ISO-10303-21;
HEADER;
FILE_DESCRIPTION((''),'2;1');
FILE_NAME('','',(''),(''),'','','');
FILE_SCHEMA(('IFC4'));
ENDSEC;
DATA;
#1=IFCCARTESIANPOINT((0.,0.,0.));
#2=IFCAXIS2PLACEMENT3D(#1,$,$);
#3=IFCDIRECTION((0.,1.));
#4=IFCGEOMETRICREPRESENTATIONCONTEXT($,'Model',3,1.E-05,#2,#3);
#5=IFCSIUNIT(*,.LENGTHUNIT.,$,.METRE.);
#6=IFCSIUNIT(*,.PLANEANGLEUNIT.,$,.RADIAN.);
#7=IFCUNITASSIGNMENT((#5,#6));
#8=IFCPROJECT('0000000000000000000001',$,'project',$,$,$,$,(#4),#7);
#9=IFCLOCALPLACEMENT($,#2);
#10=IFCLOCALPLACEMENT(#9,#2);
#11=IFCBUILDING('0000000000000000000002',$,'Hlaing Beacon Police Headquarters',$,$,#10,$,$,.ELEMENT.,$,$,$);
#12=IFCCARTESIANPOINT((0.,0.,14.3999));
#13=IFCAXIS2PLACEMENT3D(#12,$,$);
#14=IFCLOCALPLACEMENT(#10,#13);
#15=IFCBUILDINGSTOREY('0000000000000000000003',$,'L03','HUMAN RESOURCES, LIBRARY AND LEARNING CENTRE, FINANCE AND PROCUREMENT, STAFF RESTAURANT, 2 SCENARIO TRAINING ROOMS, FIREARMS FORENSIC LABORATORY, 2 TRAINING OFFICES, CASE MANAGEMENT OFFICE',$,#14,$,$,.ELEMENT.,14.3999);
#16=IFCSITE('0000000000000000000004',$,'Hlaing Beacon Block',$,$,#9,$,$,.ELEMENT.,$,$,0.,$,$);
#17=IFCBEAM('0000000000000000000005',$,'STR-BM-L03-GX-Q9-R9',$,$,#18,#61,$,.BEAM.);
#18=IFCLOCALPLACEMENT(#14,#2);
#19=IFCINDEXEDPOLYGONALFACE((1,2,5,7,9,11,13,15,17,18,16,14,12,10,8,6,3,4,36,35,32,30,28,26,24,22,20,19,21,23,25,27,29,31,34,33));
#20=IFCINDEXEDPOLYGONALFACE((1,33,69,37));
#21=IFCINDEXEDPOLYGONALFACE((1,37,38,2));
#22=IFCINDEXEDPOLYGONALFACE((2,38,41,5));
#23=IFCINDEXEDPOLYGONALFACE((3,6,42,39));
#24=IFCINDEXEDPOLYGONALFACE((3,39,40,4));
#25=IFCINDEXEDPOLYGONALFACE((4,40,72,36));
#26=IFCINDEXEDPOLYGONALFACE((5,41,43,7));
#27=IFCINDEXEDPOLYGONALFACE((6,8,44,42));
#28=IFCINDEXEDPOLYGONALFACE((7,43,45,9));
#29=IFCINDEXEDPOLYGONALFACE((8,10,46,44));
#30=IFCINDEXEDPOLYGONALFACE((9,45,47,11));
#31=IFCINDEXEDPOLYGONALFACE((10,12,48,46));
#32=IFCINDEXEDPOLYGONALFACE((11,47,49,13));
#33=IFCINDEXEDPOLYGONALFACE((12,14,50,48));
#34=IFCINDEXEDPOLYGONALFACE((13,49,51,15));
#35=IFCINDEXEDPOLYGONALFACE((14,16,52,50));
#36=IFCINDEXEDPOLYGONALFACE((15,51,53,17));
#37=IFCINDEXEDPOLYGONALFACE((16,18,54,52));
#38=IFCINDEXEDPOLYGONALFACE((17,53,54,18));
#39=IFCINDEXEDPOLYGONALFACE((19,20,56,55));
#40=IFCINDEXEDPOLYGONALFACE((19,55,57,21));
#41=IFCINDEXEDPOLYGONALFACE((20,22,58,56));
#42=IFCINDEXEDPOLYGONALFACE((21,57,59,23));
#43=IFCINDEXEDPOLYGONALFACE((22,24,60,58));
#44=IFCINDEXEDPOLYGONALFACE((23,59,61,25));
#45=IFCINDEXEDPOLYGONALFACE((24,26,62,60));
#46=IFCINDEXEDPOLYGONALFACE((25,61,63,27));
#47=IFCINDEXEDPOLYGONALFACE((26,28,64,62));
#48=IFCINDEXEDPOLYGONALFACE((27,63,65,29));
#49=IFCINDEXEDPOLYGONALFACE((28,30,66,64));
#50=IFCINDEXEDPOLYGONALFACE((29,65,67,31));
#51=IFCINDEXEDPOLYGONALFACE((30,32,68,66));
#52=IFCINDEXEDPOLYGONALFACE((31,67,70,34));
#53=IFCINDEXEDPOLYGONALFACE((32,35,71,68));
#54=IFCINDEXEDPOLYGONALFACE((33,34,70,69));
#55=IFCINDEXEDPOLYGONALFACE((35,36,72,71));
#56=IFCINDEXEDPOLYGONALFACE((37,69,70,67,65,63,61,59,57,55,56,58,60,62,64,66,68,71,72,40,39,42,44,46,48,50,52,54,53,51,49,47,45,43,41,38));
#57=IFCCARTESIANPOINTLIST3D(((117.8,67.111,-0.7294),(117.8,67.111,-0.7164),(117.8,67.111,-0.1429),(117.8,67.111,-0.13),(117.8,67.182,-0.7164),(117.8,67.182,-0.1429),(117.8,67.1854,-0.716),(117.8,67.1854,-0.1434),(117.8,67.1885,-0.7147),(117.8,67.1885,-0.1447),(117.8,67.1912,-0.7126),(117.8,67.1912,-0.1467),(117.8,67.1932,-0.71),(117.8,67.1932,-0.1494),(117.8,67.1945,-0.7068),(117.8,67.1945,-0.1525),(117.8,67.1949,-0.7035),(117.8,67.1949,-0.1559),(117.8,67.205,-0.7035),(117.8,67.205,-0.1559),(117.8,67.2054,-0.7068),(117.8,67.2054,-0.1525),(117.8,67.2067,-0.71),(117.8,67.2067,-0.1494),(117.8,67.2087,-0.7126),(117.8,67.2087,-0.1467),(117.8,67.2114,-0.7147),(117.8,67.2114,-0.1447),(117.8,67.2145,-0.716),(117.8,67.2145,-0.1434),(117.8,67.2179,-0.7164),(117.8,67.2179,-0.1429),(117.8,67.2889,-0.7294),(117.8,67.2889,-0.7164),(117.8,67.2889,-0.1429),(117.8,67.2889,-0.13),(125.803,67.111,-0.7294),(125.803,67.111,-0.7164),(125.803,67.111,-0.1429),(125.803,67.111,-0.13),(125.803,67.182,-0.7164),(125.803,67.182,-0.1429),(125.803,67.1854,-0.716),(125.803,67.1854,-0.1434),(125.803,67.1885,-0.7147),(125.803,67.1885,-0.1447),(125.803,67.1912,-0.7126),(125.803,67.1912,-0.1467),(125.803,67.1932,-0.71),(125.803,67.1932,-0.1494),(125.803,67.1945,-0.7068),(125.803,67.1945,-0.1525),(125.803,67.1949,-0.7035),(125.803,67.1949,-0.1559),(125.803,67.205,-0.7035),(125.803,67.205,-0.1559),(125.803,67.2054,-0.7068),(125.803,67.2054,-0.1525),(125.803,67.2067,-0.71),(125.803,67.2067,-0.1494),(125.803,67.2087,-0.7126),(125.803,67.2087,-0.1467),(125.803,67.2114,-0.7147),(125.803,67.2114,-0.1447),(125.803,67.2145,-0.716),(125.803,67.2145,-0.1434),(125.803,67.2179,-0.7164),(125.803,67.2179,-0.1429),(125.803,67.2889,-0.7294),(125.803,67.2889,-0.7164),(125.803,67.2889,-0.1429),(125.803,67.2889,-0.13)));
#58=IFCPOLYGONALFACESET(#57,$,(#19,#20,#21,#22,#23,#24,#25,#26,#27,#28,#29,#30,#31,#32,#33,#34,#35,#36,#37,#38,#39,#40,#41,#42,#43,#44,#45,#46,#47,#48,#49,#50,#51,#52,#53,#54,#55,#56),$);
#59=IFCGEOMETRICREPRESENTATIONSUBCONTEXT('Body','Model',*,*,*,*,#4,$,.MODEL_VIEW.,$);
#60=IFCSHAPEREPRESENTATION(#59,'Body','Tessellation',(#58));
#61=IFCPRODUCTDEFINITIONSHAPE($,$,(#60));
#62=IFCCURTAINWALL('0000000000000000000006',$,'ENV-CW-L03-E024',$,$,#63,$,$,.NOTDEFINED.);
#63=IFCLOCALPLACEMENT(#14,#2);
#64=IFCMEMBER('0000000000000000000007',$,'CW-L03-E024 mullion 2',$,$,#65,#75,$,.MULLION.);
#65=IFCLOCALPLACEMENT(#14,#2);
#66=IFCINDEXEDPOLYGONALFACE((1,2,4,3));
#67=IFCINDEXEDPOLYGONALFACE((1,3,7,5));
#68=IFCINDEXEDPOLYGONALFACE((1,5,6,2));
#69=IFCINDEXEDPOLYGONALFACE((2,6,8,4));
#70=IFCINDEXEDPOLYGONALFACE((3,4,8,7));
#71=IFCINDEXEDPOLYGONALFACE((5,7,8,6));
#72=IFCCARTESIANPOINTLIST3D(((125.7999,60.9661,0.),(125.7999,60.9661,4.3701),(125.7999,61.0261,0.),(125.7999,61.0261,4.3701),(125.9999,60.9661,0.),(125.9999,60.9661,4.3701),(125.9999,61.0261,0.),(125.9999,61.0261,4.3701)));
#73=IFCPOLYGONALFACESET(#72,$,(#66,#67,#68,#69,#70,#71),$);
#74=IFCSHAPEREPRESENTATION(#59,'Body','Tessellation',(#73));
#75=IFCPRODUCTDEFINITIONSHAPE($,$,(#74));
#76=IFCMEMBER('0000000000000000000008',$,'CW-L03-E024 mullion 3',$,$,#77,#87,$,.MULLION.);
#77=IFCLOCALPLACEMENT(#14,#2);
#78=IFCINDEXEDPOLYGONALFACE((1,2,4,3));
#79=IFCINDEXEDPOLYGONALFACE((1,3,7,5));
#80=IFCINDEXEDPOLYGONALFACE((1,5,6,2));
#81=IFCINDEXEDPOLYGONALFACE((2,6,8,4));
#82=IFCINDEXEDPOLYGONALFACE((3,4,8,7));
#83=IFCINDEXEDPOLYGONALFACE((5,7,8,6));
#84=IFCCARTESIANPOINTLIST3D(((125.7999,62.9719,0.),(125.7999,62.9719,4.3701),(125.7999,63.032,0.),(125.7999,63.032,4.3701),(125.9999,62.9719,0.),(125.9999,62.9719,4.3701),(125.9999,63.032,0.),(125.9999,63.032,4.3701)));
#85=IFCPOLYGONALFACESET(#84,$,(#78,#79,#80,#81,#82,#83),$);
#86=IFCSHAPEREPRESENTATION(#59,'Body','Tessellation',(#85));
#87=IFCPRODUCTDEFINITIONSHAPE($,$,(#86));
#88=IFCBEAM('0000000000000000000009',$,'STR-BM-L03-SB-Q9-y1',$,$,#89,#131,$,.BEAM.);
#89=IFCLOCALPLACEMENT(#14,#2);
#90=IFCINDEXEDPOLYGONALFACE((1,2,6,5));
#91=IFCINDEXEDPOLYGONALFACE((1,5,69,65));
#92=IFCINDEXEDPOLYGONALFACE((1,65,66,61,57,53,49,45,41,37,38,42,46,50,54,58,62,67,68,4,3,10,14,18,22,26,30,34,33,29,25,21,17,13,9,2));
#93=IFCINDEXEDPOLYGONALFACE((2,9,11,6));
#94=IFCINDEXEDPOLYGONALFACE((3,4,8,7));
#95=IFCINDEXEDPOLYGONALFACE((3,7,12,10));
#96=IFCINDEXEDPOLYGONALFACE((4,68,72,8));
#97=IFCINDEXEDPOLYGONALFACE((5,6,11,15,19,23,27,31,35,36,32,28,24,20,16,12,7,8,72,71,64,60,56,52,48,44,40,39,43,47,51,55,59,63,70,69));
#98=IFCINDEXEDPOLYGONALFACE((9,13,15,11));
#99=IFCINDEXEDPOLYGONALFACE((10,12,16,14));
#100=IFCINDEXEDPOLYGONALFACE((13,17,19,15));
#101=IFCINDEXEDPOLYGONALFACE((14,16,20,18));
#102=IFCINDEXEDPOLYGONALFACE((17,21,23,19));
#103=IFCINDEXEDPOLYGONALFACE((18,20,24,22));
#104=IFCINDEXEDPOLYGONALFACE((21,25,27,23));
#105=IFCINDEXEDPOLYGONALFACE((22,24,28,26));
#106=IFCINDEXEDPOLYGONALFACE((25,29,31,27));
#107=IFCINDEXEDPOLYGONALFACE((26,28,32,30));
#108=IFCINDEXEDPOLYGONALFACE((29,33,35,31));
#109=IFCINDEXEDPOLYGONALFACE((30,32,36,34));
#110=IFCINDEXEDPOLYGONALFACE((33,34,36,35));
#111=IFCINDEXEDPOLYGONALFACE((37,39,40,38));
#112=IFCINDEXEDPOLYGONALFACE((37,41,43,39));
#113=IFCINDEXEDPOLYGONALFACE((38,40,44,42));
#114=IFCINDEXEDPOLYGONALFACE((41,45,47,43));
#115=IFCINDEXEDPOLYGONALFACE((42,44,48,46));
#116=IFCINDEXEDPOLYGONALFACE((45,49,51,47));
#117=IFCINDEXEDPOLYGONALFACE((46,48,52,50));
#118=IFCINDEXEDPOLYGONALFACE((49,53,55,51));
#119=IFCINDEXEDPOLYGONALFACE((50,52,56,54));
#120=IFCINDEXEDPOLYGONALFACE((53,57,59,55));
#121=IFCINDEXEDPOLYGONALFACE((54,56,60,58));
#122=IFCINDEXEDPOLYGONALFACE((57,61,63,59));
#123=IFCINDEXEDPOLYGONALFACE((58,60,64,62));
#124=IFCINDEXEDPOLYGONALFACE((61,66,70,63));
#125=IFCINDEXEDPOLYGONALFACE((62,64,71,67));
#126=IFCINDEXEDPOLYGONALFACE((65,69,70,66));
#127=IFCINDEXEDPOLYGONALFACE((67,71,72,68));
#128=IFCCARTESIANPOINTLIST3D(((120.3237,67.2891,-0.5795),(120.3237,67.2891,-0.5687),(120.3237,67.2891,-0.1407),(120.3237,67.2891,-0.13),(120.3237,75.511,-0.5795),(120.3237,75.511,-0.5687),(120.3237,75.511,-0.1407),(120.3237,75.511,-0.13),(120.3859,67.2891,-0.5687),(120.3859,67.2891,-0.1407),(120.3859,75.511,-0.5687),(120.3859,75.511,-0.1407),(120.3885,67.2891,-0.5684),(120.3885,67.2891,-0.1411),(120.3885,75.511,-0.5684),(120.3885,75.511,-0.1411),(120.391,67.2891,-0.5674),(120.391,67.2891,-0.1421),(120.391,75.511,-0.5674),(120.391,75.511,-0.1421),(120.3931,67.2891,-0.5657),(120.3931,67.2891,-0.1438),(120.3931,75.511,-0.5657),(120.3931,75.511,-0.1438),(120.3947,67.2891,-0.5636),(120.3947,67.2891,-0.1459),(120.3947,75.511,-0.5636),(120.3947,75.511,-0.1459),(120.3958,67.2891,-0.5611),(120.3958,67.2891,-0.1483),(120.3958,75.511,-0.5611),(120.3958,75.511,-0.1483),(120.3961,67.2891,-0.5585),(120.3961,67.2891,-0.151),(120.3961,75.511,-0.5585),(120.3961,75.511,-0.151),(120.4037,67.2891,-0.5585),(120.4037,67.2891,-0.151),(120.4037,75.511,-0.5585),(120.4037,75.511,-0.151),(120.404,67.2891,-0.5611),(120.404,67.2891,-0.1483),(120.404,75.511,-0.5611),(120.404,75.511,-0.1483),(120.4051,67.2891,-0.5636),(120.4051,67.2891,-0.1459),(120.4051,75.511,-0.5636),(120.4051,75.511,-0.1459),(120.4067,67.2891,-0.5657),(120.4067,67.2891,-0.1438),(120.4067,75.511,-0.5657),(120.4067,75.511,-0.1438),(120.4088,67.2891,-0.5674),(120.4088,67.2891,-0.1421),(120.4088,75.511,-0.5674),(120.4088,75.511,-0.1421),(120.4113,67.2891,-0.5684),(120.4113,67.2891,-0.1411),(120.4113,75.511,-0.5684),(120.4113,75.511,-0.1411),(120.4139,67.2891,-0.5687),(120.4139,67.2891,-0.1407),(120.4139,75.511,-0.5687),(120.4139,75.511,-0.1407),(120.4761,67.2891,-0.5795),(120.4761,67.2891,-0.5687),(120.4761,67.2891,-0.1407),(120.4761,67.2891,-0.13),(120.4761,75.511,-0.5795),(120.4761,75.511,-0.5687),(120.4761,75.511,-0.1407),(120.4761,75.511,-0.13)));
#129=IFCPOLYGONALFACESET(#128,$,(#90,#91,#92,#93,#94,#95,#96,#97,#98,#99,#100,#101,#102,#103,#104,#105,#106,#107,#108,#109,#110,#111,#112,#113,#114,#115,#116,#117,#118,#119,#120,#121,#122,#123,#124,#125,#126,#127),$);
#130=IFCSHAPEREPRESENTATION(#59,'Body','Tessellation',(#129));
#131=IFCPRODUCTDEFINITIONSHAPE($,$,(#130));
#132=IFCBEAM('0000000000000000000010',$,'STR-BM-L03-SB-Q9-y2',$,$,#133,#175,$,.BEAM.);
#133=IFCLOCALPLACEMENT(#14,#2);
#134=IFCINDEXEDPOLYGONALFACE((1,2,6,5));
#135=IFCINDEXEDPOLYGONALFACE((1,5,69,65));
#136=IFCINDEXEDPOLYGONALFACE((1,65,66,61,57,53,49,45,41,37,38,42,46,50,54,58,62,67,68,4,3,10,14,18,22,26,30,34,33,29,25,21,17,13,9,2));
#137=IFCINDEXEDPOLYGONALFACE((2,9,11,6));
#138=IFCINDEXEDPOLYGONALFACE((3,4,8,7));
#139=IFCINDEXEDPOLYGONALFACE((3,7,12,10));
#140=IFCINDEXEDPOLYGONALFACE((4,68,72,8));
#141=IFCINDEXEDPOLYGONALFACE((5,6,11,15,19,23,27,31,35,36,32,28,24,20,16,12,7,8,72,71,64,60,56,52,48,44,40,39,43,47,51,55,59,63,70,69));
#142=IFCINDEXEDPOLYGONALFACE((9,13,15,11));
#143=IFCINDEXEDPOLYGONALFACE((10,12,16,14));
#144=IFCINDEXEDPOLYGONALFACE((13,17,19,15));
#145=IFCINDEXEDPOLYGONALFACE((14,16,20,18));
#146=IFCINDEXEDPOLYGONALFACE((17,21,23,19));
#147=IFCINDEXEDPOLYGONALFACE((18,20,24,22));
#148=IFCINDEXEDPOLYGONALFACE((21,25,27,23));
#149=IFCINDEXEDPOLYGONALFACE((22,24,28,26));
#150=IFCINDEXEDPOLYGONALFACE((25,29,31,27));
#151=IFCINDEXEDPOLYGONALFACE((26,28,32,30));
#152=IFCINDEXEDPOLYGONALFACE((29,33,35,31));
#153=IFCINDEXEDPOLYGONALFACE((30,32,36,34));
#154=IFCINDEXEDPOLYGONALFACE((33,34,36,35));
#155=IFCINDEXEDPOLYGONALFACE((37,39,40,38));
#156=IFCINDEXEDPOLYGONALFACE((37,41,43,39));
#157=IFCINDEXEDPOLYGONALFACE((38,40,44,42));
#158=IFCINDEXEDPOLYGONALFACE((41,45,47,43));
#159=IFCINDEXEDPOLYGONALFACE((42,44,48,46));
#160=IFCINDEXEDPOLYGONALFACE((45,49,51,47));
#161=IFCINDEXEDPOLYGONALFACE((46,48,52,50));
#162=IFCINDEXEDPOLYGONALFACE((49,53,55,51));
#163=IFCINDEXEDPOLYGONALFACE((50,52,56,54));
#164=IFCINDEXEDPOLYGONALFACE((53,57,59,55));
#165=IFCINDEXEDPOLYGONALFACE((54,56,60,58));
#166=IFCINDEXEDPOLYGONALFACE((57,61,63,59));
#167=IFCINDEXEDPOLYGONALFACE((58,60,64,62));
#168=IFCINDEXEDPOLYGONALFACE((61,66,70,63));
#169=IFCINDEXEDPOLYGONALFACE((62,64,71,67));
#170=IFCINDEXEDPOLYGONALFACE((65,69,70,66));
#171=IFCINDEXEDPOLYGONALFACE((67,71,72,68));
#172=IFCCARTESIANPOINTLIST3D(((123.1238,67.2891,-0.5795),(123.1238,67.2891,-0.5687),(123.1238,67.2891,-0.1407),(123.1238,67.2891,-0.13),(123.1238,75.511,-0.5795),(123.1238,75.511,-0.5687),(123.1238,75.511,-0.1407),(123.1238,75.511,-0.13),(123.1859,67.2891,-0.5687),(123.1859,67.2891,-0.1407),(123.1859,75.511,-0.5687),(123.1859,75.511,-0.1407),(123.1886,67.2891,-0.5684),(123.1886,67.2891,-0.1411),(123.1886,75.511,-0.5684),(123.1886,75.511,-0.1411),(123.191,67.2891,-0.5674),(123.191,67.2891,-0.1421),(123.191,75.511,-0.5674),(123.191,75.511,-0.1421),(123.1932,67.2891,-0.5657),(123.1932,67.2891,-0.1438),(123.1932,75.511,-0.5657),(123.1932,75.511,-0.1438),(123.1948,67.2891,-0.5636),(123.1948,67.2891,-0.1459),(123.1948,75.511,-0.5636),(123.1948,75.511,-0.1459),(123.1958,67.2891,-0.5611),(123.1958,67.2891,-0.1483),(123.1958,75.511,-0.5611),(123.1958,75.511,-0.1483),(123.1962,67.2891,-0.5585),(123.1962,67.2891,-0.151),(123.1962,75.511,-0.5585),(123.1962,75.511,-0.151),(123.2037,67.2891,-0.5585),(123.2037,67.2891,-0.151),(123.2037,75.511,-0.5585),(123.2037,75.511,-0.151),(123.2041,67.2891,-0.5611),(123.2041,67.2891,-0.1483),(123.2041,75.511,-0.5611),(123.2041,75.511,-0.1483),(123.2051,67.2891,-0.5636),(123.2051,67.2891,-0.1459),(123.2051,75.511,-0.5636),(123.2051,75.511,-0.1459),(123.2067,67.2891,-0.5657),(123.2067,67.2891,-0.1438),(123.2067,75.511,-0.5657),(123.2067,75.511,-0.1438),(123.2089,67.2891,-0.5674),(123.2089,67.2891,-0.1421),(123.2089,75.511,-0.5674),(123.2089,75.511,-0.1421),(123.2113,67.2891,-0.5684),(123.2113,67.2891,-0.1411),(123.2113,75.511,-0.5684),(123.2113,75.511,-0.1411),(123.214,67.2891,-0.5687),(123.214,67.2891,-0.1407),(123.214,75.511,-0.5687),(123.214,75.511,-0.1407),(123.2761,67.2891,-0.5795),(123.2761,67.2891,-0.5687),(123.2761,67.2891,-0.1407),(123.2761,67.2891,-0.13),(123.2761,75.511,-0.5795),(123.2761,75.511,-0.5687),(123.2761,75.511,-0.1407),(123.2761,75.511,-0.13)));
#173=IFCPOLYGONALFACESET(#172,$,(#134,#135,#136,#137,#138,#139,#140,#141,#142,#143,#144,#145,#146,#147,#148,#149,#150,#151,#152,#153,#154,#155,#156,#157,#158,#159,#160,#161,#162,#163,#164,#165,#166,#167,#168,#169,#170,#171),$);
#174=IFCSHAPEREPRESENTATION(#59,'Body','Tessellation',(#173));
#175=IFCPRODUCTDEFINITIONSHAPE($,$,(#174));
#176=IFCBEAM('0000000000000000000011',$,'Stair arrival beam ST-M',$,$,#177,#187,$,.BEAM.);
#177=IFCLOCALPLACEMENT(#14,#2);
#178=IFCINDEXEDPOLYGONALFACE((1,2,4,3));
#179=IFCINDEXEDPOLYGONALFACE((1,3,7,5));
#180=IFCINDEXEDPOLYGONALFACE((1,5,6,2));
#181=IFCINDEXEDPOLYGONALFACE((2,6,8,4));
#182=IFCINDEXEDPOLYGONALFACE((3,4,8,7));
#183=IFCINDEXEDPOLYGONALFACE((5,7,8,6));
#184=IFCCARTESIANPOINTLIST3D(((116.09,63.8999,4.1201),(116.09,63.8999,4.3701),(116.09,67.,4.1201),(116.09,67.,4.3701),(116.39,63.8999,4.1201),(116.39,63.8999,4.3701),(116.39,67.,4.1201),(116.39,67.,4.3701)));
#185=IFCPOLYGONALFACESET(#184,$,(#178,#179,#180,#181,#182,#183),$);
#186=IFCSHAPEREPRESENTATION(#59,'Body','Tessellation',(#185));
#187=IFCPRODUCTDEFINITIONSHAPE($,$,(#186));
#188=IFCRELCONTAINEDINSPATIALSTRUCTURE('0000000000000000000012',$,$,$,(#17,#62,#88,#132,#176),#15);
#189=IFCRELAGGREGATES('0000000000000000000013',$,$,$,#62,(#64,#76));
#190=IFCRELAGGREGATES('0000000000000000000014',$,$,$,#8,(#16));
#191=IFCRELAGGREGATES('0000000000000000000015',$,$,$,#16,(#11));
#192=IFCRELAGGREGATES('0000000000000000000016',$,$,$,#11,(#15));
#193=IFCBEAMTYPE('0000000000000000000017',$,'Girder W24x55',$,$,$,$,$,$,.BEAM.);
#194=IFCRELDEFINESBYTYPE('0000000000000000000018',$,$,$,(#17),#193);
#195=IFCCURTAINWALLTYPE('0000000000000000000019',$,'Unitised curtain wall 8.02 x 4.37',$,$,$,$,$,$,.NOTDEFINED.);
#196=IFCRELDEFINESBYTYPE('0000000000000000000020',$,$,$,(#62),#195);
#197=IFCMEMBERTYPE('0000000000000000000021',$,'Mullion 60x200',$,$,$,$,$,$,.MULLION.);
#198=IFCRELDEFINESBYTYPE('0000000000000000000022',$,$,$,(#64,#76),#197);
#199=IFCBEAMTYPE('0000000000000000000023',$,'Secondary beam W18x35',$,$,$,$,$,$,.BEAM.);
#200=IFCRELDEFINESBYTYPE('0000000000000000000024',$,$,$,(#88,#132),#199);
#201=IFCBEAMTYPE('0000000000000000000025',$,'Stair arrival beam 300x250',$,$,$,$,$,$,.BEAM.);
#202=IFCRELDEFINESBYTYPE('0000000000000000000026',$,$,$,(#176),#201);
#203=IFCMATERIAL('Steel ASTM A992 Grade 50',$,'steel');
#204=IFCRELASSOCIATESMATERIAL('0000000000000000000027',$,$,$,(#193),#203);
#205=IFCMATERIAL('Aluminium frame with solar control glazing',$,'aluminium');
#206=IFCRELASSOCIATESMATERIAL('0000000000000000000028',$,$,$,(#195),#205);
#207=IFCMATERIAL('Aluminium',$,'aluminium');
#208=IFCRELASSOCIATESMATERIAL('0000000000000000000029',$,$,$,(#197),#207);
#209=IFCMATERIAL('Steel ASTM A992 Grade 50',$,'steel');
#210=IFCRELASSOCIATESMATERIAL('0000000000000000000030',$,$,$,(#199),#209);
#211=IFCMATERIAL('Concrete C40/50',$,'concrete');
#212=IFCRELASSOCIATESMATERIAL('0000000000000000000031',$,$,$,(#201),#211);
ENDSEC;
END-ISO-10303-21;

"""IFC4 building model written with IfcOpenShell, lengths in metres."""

from ifc_helpers import new_model, si_unit, direction, frame, origin, origin_2d, place, context, subcontext, project, spatial, rectangle, i_section, extrude, material, material_profile, profile_set, type_object, element, aggregate, save


model = new_model("IFC4")

# Units and contexts
model_context = context("Model", 3, precision=1e-05, world=origin(), true_north=direction((0.0, 1.0)))
body_context = subcontext(model_context, "Body", "Model", "MODEL_VIEW")
ifc_project = project(units=[si_unit("LENGTHUNIT", "METRE"), si_unit("PLANEANGLEUNIT", "RADIAN")], contexts=[model_context])

# Site, building, storey
site_placement = place(None, origin())
site = spatial("IfcSite", under=ifc_project, at=site_placement, Name="Hlaing Beacon Block", CompositionType="ELEMENT", RefElevation=0.0)
building_placement = place(site_placement, origin())
building = spatial("IfcBuilding", under=site, at=building_placement, Name="Hlaing Beacon Police Headquarters", CompositionType="ELEMENT")
storey_placement = place(building_placement, frame((0.0, 0.0, 14.3999)))
storey = spatial("IfcBuildingStorey", under=building, at=storey_placement, Name="L03", Description="HUMAN RESOURCES, LIBRARY AND LEARNING CENTRE, FINANCE AND PROCUREMENT, STAFF RESTAURANT, 2 SCENARIO TRAINING ROOMS, FIREARMS FORENSIC LABORATORY, 2 TRAINING OFFICES, CASE MANAGEMENT OFFICE", CompositionType="ELEMENT", Elevation=14.3999)

# Beam
ifc_material_1 = material(Name="Steel ASTM A992 Grade 50", Category="steel")
ifc_material_profile_1 = material_profile(ifc_material_1, i_section(OverallWidth=0.178, OverallDepth=0.5994, WebThickness=0.01, FlangeThickness=0.0129, FilletRadius=0.0129, at=origin_2d()), Name="W24x55")
ifc_profile_set_1 = profile_set([ifc_material_profile_1], Name="Steel ASTM A992 Grade 50")
beam_type_1 = type_object("IfcBeamType", Name="Girder W24x55", PredefinedType="BEAM", material=ifc_profile_set_1)
beam_1_placement = place(storey_placement, frame((117.8, 67.2, -0.4297), z_axis=(1.0, 0.0, 0.0), x_axis=(0.0, 1.0, 0.0)))
element("IfcBeam", 1, at=beam_1_placement, inside=storey, type_object=beam_type_1, Name="STR-BM-L03-GX-Q9-R9", PredefinedType="BEAM", context=body_context, shape_type="SweptSolid", body=[
    extrude(i_section(OverallWidth=0.178, OverallDepth=0.5994, WebThickness=0.01, FlangeThickness=0.0129, FilletRadius=0.0129, at=origin_2d()), origin(), (0.0, 0.0, 1.0), 8.0029),
])

# Curtain wall, members
ifc_material_2 = material(Name="Aluminium frame with solar control glazing", Category="aluminium")
curtain_wall_type = type_object("IfcCurtainWallType", Name="Unitised curtain wall 8.02 x 4.37", PredefinedType="NOTDEFINED", material=ifc_material_2)
curtain_wall_placement = place(storey_placement, origin())
curtain_wall = element("IfcCurtainWall", 2, at=curtain_wall_placement, inside=storey, type_object=curtain_wall_type, Name="ENV-CW-L03-E024", PredefinedType="NOTDEFINED")
ifc_material_3 = material(Name="Aluminium", Category="aluminium")
ifc_material_profile_2 = material_profile(ifc_material_3, rectangle(XDim=0.2, YDim=0.0601, at=origin_2d()), Name="Mullion 60x200")
ifc_profile_set_2 = profile_set([ifc_material_profile_2], Name="Aluminium")
member_type_1 = type_object("IfcMemberType", Name="Mullion 60x200", PredefinedType="MULLION", material=ifc_profile_set_2)
member_1_placement = place(storey_placement, frame((125.8999, 60.9961, 0.0), z_axis=(0.0, 0.0, 1.0), x_axis=(-1.0, 0.0, 0.0)))
member_1 = element("IfcMember", 3, at=member_1_placement, type_object=member_type_1, Name="CW-L03-E024 mullion 2", PredefinedType="MULLION", context=body_context, shape_type="SweptSolid", body=[
    extrude(rectangle(XDim=0.2, YDim=0.0601, at=origin_2d()), origin(), (0.0, 0.0, 1.0), 4.3701),
])
member_2_placement = place(storey_placement, frame((125.8999, 63.002, 0.0), z_axis=(0.0, 0.0, 1.0), x_axis=(-1.0, 0.0, 0.0)))
member_2 = element("IfcMember", 4, at=member_2_placement, type_object=member_type_1, Name="CW-L03-E024 mullion 3", PredefinedType="MULLION", context=body_context, shape_type="SweptSolid", body=[
    extrude(rectangle(XDim=0.2, YDim=0.0601, at=origin_2d()), origin(), (0.0, 0.0, 1.0), 4.3701),
])

# Beams
ifc_material_4 = material(Name="Steel ASTM A992 Grade 50", Category="steel")
ifc_material_profile_3 = material_profile(ifc_material_4, i_section(OverallWidth=0.1523, OverallDepth=0.4495, WebThickness=0.0076, FlangeThickness=0.0107, FilletRadius=0.0103, at=origin_2d()), Name="W18x35")
ifc_profile_set_3 = profile_set([ifc_material_profile_3], Name="Steel ASTM A992 Grade 50")
beam_type_2 = type_object("IfcBeamType", Name="Secondary beam W18x35", PredefinedType="BEAM", material=ifc_profile_set_3)
for number, where, z_axis, x_axis, name in (
    (5, (120.3999, 67.2891, -0.3547), (0.0, 1.0, 0.0), (-1.0, 0.0, 0.0), "STR-BM-L03-SB-Q9-y1"),
    (6, (123.2, 67.2891, -0.3547), (0.0, 1.0, 0.0), (-1.0, 0.0, 0.0), "STR-BM-L03-SB-Q9-y2"),
):
    element("IfcBeam", number, at=place(storey_placement, frame(where, z_axis=z_axis, x_axis=x_axis)), inside=storey, type_object=beam_type_2, Name=name, PredefinedType="BEAM", context=body_context, shape_type="SweptSolid", body=[
        extrude(i_section(OverallWidth=0.1523, OverallDepth=0.4495, WebThickness=0.0076, FlangeThickness=0.0107, FilletRadius=0.0103, at=origin_2d()), origin(), (0.0, 0.0, 1.0), 8.2219),
    ])
ifc_material_5 = material(Name="Concrete C40/50", Category="concrete")
ifc_material_profile_4 = material_profile(ifc_material_5, rectangle(XDim=0.3, YDim=0.25, at=origin_2d()), Name="Stair arrival beam 300x250")
ifc_profile_set_4 = profile_set([ifc_material_profile_4], Name="Concrete C40/50")
beam_type_3 = type_object("IfcBeamType", Name="Stair arrival beam 300x250", PredefinedType="BEAM", material=ifc_profile_set_4)
beam_2_placement = place(storey_placement, frame((116.24, 67.0, 4.2451), z_axis=(0.0, -1.0, 0.0), x_axis=(1.0, 0.0, 0.0)))
element("IfcBeam", 7, at=beam_2_placement, inside=storey, type_object=beam_type_3, Name="Stair arrival beam ST-M", PredefinedType="BEAM", context=body_context, shape_type="SweptSolid", body=[
    extrude(rectangle(XDim=0.3, YDim=0.25, at=origin_2d()), origin(), (0.0, 0.0, 1.0), 3.1001),
])

aggregate(curtain_wall, [member_1, member_2])

save(model, "model.ifc")
